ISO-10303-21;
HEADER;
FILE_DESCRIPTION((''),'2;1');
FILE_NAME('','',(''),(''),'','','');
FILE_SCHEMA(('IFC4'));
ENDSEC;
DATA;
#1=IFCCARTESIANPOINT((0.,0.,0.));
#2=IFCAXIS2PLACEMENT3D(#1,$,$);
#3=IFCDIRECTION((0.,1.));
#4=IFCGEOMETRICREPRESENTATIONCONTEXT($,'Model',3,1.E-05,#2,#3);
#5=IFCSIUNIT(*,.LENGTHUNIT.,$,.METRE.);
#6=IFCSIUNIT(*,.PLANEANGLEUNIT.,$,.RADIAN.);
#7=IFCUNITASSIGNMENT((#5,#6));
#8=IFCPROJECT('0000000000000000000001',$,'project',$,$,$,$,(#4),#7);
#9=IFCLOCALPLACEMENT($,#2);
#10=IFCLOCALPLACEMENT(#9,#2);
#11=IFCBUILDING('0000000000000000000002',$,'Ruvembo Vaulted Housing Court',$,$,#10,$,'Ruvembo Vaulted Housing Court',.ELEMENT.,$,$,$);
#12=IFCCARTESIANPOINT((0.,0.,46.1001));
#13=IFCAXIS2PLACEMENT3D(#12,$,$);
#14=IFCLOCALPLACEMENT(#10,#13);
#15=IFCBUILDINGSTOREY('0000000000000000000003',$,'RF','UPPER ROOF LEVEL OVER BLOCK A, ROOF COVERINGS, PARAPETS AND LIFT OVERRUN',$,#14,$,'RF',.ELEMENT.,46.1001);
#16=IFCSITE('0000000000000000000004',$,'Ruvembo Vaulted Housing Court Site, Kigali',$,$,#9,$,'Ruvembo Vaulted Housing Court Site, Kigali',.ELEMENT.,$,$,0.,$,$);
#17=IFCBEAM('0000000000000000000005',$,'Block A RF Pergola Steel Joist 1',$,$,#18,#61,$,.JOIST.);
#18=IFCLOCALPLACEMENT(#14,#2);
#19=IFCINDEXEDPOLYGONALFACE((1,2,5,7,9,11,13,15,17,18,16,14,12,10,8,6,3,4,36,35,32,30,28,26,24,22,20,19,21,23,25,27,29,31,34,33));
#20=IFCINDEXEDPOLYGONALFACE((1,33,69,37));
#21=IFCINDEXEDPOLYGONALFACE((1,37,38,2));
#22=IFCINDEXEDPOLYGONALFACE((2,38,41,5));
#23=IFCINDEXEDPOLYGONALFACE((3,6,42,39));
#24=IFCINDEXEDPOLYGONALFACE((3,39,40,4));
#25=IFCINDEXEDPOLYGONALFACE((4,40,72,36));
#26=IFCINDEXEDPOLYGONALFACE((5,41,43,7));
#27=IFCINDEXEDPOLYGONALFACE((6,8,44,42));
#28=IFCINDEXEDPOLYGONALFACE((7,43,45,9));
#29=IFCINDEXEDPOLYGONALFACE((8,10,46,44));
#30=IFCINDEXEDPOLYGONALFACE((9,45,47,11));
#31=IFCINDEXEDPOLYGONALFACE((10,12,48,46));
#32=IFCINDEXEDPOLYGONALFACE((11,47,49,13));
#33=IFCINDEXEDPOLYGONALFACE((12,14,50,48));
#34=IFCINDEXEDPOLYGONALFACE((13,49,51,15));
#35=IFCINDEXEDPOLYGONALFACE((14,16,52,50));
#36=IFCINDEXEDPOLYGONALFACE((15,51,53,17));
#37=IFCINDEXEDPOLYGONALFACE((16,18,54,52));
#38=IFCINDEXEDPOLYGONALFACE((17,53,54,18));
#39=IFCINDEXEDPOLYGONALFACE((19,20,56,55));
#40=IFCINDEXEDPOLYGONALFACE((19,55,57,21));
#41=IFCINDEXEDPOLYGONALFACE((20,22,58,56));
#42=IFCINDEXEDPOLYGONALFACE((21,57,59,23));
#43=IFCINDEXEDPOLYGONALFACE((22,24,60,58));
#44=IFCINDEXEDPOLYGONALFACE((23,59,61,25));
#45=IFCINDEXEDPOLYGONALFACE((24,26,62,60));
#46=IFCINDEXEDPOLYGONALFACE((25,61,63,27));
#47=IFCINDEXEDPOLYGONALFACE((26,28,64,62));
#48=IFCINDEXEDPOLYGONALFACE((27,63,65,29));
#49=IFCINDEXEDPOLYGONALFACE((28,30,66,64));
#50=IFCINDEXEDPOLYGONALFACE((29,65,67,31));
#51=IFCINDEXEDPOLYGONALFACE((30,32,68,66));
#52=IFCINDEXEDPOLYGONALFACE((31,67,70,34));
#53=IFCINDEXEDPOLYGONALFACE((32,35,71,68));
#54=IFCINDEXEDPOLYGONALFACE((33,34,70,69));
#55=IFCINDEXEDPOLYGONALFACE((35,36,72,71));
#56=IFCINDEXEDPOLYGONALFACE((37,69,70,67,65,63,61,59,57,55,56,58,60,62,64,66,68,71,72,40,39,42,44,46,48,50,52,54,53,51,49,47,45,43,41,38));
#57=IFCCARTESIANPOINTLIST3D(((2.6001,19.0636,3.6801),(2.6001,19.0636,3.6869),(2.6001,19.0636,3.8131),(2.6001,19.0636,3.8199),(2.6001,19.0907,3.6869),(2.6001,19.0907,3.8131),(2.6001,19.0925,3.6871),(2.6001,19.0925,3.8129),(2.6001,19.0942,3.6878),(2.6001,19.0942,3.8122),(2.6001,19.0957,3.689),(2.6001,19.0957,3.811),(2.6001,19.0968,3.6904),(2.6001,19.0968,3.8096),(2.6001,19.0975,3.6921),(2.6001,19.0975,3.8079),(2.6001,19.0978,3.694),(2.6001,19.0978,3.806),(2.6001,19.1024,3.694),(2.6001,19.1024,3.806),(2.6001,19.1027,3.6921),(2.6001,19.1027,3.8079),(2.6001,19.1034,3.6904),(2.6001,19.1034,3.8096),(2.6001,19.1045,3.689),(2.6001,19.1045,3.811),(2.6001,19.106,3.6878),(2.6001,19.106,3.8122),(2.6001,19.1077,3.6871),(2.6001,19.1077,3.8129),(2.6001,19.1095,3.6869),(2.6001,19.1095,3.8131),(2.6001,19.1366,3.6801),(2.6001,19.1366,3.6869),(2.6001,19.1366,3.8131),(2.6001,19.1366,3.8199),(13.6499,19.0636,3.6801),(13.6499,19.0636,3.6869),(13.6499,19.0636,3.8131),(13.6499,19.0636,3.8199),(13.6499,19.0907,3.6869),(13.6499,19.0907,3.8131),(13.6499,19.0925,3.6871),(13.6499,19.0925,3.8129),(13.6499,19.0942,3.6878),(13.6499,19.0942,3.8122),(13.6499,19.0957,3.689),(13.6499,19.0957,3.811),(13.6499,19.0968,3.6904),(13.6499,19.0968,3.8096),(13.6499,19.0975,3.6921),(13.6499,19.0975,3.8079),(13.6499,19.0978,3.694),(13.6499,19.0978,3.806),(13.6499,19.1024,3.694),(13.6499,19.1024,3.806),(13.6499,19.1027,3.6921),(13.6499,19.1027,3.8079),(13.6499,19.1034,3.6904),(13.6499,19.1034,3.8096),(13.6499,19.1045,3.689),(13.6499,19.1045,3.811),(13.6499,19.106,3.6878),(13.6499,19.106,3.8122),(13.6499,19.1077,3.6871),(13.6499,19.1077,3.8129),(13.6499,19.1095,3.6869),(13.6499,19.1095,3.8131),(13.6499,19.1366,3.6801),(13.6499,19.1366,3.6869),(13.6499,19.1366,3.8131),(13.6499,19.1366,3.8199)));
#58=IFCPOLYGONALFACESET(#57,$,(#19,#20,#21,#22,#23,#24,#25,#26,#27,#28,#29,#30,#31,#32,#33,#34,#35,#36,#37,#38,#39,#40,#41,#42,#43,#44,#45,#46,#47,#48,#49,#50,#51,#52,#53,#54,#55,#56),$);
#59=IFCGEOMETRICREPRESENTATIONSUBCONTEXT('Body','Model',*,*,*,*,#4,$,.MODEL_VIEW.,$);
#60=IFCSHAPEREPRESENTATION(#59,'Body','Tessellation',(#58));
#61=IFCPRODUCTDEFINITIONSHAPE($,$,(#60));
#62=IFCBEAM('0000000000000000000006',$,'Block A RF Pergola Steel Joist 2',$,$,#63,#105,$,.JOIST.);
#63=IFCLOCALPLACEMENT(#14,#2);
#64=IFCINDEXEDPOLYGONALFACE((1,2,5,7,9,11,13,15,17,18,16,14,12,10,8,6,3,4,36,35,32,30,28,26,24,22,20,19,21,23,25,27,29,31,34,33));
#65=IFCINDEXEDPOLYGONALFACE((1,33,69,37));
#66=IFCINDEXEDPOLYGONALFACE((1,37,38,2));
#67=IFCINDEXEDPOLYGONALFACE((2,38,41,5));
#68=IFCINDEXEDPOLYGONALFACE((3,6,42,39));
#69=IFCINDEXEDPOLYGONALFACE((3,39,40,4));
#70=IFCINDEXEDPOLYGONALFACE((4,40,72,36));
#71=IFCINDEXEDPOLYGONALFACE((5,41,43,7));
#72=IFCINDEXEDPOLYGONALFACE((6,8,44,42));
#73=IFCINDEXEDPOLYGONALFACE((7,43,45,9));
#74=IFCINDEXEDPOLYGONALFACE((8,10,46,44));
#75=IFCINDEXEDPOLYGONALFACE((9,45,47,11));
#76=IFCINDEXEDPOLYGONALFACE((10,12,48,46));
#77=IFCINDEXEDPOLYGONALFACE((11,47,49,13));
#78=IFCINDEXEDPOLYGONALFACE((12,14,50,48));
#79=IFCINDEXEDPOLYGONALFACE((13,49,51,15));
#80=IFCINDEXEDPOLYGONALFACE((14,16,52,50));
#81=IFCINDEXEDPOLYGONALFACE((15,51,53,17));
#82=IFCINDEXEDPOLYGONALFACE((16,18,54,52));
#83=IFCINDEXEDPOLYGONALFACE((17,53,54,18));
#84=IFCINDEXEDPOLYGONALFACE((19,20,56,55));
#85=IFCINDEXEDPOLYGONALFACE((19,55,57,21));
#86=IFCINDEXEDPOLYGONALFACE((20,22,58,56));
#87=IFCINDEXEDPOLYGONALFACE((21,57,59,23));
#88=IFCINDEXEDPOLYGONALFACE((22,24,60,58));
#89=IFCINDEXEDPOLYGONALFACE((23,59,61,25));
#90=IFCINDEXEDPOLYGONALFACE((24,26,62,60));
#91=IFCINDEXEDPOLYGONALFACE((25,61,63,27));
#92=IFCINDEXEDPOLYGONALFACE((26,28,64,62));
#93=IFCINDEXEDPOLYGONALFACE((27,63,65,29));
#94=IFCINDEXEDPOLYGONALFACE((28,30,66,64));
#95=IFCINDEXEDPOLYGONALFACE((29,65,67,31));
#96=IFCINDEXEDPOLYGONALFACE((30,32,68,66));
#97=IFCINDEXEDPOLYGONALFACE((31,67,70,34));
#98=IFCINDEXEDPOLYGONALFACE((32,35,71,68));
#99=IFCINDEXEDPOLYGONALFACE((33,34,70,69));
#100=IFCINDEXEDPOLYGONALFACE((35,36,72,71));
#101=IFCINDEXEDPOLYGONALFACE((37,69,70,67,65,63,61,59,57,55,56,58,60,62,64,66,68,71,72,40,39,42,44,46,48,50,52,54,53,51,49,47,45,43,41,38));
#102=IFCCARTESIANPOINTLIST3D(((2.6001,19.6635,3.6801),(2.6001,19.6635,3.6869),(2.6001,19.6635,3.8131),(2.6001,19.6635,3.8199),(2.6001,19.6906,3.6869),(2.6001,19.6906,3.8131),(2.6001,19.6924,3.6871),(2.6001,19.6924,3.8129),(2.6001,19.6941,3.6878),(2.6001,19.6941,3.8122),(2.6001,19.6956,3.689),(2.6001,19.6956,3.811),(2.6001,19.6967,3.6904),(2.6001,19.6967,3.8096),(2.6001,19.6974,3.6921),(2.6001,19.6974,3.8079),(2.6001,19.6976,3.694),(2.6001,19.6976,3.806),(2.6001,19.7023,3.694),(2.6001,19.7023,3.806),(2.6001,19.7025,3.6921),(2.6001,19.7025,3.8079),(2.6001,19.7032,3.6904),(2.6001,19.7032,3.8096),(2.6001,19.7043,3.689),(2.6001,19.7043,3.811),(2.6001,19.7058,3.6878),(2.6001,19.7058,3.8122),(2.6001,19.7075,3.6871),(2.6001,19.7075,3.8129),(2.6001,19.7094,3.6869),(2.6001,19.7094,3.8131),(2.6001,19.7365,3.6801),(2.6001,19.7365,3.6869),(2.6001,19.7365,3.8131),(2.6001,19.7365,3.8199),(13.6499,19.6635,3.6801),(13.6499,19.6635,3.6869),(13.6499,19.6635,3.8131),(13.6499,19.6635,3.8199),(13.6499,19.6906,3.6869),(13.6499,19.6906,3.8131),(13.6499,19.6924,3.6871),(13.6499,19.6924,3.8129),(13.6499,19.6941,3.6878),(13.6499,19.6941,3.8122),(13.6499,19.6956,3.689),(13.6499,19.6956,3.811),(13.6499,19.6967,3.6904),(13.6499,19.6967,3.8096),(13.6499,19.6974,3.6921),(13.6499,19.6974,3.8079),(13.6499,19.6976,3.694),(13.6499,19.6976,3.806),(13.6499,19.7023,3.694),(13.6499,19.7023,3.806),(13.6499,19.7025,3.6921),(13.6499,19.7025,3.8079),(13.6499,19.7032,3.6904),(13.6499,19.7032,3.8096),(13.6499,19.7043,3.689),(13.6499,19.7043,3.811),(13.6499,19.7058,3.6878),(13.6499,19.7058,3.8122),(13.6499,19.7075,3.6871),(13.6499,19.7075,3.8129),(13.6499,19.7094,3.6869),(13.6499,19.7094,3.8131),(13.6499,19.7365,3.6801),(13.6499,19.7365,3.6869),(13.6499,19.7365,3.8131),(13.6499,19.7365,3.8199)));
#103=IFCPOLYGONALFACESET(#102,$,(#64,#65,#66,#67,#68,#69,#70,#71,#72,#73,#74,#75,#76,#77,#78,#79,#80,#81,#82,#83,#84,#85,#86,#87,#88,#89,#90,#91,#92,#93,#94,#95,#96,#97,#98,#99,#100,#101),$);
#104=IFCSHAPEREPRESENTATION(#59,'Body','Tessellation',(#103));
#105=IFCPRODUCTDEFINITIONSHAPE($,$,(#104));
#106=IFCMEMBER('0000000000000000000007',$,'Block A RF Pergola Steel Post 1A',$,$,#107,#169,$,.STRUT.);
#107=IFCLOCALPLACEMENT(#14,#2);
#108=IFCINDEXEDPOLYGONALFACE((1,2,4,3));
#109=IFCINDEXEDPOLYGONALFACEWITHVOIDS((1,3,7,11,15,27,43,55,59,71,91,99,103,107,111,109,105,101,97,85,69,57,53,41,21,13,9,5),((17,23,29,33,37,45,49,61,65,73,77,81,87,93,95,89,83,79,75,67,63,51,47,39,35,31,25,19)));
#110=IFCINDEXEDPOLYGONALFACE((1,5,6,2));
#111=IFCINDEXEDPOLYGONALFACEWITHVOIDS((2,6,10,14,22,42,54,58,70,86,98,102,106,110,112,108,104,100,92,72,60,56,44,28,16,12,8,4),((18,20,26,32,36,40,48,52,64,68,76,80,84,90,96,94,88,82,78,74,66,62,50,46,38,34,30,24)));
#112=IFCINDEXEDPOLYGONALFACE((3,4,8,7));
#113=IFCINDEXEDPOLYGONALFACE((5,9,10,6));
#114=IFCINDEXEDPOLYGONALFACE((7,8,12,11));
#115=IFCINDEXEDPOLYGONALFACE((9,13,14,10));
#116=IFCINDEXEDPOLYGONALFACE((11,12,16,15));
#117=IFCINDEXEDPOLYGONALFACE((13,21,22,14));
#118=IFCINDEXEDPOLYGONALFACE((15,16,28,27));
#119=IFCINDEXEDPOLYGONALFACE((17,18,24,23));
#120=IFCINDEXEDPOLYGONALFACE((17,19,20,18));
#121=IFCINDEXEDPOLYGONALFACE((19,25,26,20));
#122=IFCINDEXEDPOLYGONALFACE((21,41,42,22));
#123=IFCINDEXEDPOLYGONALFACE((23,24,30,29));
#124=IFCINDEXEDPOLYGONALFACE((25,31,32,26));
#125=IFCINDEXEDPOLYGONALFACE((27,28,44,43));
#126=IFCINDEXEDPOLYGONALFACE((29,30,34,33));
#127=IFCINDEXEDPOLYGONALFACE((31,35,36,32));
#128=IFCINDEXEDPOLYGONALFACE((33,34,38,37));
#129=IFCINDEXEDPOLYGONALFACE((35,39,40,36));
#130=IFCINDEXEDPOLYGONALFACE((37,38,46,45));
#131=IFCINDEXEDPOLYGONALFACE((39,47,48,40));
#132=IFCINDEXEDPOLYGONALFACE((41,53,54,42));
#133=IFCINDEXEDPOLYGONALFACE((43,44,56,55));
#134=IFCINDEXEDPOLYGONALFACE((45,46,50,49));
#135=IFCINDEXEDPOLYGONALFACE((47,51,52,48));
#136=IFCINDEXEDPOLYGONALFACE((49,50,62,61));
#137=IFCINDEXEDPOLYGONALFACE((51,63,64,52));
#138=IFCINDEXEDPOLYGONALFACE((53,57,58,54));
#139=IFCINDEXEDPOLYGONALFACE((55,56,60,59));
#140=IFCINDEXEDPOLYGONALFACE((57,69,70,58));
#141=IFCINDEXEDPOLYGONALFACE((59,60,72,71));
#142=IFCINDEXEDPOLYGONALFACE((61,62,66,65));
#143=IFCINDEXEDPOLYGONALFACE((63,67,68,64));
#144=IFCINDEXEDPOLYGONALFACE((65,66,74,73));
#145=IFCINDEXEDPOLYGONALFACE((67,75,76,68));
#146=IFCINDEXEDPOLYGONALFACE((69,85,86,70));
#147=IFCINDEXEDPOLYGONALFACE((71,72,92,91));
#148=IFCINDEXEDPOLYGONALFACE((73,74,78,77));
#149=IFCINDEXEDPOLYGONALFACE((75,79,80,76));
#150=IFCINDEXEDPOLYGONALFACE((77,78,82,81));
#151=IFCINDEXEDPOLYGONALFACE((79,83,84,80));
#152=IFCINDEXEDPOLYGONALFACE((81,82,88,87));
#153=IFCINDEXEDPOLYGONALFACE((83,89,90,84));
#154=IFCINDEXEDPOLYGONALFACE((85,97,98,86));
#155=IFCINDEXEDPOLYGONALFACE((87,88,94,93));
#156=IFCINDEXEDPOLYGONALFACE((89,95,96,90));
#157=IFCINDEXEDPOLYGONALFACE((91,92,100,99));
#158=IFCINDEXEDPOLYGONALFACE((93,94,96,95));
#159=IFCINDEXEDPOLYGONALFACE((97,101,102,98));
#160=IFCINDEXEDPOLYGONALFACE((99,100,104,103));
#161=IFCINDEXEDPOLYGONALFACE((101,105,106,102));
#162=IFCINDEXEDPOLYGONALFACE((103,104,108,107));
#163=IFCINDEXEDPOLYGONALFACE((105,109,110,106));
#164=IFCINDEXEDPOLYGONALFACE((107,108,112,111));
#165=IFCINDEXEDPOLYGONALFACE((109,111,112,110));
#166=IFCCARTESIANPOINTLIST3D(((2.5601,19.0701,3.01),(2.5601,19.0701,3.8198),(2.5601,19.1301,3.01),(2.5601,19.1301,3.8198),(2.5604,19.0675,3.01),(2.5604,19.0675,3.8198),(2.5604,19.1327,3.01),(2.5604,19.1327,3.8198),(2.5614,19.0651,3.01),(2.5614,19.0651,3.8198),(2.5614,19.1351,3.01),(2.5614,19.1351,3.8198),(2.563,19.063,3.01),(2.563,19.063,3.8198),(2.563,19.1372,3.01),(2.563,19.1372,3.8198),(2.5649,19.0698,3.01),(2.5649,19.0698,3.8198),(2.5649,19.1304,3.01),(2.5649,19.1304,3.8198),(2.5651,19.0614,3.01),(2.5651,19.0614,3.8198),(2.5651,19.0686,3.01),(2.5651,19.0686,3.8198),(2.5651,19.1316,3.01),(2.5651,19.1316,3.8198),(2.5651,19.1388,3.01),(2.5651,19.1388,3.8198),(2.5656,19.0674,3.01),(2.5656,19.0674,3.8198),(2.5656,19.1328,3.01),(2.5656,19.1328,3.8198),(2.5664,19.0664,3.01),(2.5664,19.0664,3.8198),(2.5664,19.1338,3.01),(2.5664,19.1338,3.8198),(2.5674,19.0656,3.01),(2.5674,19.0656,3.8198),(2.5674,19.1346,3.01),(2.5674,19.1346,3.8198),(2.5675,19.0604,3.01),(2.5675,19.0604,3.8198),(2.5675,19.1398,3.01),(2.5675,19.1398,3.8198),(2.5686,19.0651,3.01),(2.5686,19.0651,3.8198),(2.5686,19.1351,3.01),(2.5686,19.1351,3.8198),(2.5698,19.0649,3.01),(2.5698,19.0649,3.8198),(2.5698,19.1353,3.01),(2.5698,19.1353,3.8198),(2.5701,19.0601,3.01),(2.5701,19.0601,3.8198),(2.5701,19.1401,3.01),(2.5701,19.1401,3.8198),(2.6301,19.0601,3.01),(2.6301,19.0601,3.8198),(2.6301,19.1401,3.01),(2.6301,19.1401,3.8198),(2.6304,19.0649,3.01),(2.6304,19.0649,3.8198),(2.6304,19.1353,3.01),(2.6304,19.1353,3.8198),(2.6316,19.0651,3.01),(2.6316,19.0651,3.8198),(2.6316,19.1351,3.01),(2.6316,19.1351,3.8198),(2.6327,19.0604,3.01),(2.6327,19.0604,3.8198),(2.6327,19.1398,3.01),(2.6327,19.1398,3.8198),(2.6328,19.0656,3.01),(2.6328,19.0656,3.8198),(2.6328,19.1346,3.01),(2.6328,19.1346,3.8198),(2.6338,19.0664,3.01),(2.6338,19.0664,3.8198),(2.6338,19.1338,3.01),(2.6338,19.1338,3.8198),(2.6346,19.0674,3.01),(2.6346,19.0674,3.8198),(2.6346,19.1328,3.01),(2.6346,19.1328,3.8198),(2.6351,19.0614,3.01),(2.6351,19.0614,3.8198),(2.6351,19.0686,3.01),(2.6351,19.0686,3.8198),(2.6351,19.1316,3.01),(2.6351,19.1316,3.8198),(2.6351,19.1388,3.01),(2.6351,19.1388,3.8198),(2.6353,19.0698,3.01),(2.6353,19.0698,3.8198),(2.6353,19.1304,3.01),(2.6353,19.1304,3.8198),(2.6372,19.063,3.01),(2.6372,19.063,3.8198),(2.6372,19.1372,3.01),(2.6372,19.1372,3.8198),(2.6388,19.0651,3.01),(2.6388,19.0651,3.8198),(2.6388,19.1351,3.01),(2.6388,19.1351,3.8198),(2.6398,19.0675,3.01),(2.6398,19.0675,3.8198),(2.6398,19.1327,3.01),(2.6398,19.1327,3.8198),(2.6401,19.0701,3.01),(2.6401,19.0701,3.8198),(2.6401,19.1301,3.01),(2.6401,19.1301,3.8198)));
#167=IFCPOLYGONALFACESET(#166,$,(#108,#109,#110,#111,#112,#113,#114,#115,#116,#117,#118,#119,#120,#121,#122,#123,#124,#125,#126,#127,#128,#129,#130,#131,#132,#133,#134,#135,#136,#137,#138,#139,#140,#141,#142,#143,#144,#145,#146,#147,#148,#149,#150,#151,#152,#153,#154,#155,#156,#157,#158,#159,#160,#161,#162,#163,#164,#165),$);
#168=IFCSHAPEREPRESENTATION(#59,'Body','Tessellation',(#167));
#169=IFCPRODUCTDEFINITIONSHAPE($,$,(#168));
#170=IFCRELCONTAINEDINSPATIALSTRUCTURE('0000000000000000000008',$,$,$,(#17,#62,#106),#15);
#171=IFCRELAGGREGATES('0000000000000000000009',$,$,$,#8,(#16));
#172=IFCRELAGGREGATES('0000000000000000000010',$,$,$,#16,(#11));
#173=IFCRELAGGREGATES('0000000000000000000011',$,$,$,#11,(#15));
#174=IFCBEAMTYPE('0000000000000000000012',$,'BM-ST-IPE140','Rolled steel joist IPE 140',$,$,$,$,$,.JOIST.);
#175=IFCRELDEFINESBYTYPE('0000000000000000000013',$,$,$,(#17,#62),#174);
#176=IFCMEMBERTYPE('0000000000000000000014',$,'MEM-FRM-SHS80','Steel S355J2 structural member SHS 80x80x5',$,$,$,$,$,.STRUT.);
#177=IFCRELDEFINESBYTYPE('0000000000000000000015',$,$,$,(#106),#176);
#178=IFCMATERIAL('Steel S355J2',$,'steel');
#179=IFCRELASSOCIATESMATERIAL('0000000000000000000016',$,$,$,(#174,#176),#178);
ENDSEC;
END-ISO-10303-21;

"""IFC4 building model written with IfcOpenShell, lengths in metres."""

from ifc_helpers import new_model, si_unit, direction, frame, origin, origin_2d, place, context, subcontext, project, spatial, hollow_rectangle, i_section, extrude, material, material_profile, profile_set, type_object, element, save


model = new_model("IFC4")

# Units and contexts
model_context = context("Model", 3, precision=1e-05, world=origin(), true_north=direction((0.0, 1.0)))
body_context = subcontext(model_context, "Body", "Model", "MODEL_VIEW")
ifc_project = project(units=[si_unit("LENGTHUNIT", "METRE"), si_unit("PLANEANGLEUNIT", "RADIAN")], contexts=[model_context])

# Site, building, storey
site_placement = place(None, origin())
site = spatial("IfcSite", under=ifc_project, at=site_placement, Name="Ruvembo Vaulted Housing Court Site, Kigali", LongName="Ruvembo Vaulted Housing Court Site, Kigali", CompositionType="ELEMENT", RefElevation=0.0)
building_placement = place(site_placement, origin())
building = spatial("IfcBuilding", under=site, at=building_placement, Name="Ruvembo Vaulted Housing Court", LongName="Ruvembo Vaulted Housing Court", CompositionType="ELEMENT")
storey_placement = place(building_placement, frame((0.0, 0.0, 46.1001)))
storey = spatial("IfcBuildingStorey", under=building, at=storey_placement, Name="RF", Description="UPPER ROOF LEVEL OVER BLOCK A, ROOF COVERINGS, PARAPETS AND LIFT OVERRUN", LongName="RF", CompositionType="ELEMENT", Elevation=46.1001)

# Beams
ifc_material_1 = material(Name="Steel S355J2", Category="steel")
ifc_material_profile_1 = material_profile(ifc_material_1, i_section(OverallWidth=0.073, OverallDepth=0.1399, WebThickness=0.0046, FlangeThickness=0.0068, FilletRadius=0.0071, at=origin_2d()), Name="IPE 140")
ifc_profile_set_1 = profile_set([ifc_material_profile_1], Name="Steel S355J2")
beam_type = type_object("IfcBeamType", Name="BM-ST-IPE140", Description="Rolled steel joist IPE 140", PredefinedType="JOIST", material=ifc_profile_set_1)
for number, where, z_axis, x_axis, name in (
    (1, (2.6001, 19.1001, 3.75), (1.0, 0.0, 0.0), (0.0, 1.0, 0.0), "Block A RF Pergola Steel Joist 1"),
    (2, (2.6001, 19.7, 3.75), (1.0, 0.0, 0.0), (0.0, 1.0, 0.0), "Block A RF Pergola Steel Joist 2"),
):
    element("IfcBeam", number, at=place(storey_placement, frame(where, z_axis=z_axis, x_axis=x_axis)), inside=storey, type_object=beam_type, Name=name, PredefinedType="JOIST", context=body_context, shape_type="SweptSolid", body=[
        extrude(i_section(OverallWidth=0.073, OverallDepth=0.1399, WebThickness=0.0046, FlangeThickness=0.0068, FilletRadius=0.0071, at=origin_2d()), origin(), (0.0, 0.0, 1.0), 11.0498),
    ])

# Member
ifc_material_profile_2 = material_profile(ifc_material_1, hollow_rectangle(XDim=0.0801, YDim=0.0801, WallThickness=0.0049, InnerFilletRadius=0.0049, OuterFilletRadius=0.01, at=origin_2d()), Name="SHS 80x80x5")
ifc_profile_set_2 = profile_set([ifc_material_profile_2], Name="Steel S355J2")
member_type = type_object("IfcMemberType", Name="MEM-FRM-SHS80", Description="Steel S355J2 structural member SHS 80x80x5", PredefinedType="STRUT", material=ifc_profile_set_2)
member_1_placement = place(storey_placement, frame((2.6001, 19.1001, 3.01), z_axis=(0.0, 0.0, 1.0), x_axis=(1.0, 0.0, 0.0)))
element("IfcMember", 3, at=member_1_placement, inside=storey, type_object=member_type, Name="Block A RF Pergola Steel Post 1A", PredefinedType="STRUT", context=body_context, shape_type="SweptSolid", body=[
    extrude(hollow_rectangle(XDim=0.0801, YDim=0.0801, WallThickness=0.0049, InnerFilletRadius=0.0049, OuterFilletRadius=0.01, at=origin_2d()), origin(), (0.0, 0.0, 1.0), 0.8098),
])

save(model, "model.ifc")
